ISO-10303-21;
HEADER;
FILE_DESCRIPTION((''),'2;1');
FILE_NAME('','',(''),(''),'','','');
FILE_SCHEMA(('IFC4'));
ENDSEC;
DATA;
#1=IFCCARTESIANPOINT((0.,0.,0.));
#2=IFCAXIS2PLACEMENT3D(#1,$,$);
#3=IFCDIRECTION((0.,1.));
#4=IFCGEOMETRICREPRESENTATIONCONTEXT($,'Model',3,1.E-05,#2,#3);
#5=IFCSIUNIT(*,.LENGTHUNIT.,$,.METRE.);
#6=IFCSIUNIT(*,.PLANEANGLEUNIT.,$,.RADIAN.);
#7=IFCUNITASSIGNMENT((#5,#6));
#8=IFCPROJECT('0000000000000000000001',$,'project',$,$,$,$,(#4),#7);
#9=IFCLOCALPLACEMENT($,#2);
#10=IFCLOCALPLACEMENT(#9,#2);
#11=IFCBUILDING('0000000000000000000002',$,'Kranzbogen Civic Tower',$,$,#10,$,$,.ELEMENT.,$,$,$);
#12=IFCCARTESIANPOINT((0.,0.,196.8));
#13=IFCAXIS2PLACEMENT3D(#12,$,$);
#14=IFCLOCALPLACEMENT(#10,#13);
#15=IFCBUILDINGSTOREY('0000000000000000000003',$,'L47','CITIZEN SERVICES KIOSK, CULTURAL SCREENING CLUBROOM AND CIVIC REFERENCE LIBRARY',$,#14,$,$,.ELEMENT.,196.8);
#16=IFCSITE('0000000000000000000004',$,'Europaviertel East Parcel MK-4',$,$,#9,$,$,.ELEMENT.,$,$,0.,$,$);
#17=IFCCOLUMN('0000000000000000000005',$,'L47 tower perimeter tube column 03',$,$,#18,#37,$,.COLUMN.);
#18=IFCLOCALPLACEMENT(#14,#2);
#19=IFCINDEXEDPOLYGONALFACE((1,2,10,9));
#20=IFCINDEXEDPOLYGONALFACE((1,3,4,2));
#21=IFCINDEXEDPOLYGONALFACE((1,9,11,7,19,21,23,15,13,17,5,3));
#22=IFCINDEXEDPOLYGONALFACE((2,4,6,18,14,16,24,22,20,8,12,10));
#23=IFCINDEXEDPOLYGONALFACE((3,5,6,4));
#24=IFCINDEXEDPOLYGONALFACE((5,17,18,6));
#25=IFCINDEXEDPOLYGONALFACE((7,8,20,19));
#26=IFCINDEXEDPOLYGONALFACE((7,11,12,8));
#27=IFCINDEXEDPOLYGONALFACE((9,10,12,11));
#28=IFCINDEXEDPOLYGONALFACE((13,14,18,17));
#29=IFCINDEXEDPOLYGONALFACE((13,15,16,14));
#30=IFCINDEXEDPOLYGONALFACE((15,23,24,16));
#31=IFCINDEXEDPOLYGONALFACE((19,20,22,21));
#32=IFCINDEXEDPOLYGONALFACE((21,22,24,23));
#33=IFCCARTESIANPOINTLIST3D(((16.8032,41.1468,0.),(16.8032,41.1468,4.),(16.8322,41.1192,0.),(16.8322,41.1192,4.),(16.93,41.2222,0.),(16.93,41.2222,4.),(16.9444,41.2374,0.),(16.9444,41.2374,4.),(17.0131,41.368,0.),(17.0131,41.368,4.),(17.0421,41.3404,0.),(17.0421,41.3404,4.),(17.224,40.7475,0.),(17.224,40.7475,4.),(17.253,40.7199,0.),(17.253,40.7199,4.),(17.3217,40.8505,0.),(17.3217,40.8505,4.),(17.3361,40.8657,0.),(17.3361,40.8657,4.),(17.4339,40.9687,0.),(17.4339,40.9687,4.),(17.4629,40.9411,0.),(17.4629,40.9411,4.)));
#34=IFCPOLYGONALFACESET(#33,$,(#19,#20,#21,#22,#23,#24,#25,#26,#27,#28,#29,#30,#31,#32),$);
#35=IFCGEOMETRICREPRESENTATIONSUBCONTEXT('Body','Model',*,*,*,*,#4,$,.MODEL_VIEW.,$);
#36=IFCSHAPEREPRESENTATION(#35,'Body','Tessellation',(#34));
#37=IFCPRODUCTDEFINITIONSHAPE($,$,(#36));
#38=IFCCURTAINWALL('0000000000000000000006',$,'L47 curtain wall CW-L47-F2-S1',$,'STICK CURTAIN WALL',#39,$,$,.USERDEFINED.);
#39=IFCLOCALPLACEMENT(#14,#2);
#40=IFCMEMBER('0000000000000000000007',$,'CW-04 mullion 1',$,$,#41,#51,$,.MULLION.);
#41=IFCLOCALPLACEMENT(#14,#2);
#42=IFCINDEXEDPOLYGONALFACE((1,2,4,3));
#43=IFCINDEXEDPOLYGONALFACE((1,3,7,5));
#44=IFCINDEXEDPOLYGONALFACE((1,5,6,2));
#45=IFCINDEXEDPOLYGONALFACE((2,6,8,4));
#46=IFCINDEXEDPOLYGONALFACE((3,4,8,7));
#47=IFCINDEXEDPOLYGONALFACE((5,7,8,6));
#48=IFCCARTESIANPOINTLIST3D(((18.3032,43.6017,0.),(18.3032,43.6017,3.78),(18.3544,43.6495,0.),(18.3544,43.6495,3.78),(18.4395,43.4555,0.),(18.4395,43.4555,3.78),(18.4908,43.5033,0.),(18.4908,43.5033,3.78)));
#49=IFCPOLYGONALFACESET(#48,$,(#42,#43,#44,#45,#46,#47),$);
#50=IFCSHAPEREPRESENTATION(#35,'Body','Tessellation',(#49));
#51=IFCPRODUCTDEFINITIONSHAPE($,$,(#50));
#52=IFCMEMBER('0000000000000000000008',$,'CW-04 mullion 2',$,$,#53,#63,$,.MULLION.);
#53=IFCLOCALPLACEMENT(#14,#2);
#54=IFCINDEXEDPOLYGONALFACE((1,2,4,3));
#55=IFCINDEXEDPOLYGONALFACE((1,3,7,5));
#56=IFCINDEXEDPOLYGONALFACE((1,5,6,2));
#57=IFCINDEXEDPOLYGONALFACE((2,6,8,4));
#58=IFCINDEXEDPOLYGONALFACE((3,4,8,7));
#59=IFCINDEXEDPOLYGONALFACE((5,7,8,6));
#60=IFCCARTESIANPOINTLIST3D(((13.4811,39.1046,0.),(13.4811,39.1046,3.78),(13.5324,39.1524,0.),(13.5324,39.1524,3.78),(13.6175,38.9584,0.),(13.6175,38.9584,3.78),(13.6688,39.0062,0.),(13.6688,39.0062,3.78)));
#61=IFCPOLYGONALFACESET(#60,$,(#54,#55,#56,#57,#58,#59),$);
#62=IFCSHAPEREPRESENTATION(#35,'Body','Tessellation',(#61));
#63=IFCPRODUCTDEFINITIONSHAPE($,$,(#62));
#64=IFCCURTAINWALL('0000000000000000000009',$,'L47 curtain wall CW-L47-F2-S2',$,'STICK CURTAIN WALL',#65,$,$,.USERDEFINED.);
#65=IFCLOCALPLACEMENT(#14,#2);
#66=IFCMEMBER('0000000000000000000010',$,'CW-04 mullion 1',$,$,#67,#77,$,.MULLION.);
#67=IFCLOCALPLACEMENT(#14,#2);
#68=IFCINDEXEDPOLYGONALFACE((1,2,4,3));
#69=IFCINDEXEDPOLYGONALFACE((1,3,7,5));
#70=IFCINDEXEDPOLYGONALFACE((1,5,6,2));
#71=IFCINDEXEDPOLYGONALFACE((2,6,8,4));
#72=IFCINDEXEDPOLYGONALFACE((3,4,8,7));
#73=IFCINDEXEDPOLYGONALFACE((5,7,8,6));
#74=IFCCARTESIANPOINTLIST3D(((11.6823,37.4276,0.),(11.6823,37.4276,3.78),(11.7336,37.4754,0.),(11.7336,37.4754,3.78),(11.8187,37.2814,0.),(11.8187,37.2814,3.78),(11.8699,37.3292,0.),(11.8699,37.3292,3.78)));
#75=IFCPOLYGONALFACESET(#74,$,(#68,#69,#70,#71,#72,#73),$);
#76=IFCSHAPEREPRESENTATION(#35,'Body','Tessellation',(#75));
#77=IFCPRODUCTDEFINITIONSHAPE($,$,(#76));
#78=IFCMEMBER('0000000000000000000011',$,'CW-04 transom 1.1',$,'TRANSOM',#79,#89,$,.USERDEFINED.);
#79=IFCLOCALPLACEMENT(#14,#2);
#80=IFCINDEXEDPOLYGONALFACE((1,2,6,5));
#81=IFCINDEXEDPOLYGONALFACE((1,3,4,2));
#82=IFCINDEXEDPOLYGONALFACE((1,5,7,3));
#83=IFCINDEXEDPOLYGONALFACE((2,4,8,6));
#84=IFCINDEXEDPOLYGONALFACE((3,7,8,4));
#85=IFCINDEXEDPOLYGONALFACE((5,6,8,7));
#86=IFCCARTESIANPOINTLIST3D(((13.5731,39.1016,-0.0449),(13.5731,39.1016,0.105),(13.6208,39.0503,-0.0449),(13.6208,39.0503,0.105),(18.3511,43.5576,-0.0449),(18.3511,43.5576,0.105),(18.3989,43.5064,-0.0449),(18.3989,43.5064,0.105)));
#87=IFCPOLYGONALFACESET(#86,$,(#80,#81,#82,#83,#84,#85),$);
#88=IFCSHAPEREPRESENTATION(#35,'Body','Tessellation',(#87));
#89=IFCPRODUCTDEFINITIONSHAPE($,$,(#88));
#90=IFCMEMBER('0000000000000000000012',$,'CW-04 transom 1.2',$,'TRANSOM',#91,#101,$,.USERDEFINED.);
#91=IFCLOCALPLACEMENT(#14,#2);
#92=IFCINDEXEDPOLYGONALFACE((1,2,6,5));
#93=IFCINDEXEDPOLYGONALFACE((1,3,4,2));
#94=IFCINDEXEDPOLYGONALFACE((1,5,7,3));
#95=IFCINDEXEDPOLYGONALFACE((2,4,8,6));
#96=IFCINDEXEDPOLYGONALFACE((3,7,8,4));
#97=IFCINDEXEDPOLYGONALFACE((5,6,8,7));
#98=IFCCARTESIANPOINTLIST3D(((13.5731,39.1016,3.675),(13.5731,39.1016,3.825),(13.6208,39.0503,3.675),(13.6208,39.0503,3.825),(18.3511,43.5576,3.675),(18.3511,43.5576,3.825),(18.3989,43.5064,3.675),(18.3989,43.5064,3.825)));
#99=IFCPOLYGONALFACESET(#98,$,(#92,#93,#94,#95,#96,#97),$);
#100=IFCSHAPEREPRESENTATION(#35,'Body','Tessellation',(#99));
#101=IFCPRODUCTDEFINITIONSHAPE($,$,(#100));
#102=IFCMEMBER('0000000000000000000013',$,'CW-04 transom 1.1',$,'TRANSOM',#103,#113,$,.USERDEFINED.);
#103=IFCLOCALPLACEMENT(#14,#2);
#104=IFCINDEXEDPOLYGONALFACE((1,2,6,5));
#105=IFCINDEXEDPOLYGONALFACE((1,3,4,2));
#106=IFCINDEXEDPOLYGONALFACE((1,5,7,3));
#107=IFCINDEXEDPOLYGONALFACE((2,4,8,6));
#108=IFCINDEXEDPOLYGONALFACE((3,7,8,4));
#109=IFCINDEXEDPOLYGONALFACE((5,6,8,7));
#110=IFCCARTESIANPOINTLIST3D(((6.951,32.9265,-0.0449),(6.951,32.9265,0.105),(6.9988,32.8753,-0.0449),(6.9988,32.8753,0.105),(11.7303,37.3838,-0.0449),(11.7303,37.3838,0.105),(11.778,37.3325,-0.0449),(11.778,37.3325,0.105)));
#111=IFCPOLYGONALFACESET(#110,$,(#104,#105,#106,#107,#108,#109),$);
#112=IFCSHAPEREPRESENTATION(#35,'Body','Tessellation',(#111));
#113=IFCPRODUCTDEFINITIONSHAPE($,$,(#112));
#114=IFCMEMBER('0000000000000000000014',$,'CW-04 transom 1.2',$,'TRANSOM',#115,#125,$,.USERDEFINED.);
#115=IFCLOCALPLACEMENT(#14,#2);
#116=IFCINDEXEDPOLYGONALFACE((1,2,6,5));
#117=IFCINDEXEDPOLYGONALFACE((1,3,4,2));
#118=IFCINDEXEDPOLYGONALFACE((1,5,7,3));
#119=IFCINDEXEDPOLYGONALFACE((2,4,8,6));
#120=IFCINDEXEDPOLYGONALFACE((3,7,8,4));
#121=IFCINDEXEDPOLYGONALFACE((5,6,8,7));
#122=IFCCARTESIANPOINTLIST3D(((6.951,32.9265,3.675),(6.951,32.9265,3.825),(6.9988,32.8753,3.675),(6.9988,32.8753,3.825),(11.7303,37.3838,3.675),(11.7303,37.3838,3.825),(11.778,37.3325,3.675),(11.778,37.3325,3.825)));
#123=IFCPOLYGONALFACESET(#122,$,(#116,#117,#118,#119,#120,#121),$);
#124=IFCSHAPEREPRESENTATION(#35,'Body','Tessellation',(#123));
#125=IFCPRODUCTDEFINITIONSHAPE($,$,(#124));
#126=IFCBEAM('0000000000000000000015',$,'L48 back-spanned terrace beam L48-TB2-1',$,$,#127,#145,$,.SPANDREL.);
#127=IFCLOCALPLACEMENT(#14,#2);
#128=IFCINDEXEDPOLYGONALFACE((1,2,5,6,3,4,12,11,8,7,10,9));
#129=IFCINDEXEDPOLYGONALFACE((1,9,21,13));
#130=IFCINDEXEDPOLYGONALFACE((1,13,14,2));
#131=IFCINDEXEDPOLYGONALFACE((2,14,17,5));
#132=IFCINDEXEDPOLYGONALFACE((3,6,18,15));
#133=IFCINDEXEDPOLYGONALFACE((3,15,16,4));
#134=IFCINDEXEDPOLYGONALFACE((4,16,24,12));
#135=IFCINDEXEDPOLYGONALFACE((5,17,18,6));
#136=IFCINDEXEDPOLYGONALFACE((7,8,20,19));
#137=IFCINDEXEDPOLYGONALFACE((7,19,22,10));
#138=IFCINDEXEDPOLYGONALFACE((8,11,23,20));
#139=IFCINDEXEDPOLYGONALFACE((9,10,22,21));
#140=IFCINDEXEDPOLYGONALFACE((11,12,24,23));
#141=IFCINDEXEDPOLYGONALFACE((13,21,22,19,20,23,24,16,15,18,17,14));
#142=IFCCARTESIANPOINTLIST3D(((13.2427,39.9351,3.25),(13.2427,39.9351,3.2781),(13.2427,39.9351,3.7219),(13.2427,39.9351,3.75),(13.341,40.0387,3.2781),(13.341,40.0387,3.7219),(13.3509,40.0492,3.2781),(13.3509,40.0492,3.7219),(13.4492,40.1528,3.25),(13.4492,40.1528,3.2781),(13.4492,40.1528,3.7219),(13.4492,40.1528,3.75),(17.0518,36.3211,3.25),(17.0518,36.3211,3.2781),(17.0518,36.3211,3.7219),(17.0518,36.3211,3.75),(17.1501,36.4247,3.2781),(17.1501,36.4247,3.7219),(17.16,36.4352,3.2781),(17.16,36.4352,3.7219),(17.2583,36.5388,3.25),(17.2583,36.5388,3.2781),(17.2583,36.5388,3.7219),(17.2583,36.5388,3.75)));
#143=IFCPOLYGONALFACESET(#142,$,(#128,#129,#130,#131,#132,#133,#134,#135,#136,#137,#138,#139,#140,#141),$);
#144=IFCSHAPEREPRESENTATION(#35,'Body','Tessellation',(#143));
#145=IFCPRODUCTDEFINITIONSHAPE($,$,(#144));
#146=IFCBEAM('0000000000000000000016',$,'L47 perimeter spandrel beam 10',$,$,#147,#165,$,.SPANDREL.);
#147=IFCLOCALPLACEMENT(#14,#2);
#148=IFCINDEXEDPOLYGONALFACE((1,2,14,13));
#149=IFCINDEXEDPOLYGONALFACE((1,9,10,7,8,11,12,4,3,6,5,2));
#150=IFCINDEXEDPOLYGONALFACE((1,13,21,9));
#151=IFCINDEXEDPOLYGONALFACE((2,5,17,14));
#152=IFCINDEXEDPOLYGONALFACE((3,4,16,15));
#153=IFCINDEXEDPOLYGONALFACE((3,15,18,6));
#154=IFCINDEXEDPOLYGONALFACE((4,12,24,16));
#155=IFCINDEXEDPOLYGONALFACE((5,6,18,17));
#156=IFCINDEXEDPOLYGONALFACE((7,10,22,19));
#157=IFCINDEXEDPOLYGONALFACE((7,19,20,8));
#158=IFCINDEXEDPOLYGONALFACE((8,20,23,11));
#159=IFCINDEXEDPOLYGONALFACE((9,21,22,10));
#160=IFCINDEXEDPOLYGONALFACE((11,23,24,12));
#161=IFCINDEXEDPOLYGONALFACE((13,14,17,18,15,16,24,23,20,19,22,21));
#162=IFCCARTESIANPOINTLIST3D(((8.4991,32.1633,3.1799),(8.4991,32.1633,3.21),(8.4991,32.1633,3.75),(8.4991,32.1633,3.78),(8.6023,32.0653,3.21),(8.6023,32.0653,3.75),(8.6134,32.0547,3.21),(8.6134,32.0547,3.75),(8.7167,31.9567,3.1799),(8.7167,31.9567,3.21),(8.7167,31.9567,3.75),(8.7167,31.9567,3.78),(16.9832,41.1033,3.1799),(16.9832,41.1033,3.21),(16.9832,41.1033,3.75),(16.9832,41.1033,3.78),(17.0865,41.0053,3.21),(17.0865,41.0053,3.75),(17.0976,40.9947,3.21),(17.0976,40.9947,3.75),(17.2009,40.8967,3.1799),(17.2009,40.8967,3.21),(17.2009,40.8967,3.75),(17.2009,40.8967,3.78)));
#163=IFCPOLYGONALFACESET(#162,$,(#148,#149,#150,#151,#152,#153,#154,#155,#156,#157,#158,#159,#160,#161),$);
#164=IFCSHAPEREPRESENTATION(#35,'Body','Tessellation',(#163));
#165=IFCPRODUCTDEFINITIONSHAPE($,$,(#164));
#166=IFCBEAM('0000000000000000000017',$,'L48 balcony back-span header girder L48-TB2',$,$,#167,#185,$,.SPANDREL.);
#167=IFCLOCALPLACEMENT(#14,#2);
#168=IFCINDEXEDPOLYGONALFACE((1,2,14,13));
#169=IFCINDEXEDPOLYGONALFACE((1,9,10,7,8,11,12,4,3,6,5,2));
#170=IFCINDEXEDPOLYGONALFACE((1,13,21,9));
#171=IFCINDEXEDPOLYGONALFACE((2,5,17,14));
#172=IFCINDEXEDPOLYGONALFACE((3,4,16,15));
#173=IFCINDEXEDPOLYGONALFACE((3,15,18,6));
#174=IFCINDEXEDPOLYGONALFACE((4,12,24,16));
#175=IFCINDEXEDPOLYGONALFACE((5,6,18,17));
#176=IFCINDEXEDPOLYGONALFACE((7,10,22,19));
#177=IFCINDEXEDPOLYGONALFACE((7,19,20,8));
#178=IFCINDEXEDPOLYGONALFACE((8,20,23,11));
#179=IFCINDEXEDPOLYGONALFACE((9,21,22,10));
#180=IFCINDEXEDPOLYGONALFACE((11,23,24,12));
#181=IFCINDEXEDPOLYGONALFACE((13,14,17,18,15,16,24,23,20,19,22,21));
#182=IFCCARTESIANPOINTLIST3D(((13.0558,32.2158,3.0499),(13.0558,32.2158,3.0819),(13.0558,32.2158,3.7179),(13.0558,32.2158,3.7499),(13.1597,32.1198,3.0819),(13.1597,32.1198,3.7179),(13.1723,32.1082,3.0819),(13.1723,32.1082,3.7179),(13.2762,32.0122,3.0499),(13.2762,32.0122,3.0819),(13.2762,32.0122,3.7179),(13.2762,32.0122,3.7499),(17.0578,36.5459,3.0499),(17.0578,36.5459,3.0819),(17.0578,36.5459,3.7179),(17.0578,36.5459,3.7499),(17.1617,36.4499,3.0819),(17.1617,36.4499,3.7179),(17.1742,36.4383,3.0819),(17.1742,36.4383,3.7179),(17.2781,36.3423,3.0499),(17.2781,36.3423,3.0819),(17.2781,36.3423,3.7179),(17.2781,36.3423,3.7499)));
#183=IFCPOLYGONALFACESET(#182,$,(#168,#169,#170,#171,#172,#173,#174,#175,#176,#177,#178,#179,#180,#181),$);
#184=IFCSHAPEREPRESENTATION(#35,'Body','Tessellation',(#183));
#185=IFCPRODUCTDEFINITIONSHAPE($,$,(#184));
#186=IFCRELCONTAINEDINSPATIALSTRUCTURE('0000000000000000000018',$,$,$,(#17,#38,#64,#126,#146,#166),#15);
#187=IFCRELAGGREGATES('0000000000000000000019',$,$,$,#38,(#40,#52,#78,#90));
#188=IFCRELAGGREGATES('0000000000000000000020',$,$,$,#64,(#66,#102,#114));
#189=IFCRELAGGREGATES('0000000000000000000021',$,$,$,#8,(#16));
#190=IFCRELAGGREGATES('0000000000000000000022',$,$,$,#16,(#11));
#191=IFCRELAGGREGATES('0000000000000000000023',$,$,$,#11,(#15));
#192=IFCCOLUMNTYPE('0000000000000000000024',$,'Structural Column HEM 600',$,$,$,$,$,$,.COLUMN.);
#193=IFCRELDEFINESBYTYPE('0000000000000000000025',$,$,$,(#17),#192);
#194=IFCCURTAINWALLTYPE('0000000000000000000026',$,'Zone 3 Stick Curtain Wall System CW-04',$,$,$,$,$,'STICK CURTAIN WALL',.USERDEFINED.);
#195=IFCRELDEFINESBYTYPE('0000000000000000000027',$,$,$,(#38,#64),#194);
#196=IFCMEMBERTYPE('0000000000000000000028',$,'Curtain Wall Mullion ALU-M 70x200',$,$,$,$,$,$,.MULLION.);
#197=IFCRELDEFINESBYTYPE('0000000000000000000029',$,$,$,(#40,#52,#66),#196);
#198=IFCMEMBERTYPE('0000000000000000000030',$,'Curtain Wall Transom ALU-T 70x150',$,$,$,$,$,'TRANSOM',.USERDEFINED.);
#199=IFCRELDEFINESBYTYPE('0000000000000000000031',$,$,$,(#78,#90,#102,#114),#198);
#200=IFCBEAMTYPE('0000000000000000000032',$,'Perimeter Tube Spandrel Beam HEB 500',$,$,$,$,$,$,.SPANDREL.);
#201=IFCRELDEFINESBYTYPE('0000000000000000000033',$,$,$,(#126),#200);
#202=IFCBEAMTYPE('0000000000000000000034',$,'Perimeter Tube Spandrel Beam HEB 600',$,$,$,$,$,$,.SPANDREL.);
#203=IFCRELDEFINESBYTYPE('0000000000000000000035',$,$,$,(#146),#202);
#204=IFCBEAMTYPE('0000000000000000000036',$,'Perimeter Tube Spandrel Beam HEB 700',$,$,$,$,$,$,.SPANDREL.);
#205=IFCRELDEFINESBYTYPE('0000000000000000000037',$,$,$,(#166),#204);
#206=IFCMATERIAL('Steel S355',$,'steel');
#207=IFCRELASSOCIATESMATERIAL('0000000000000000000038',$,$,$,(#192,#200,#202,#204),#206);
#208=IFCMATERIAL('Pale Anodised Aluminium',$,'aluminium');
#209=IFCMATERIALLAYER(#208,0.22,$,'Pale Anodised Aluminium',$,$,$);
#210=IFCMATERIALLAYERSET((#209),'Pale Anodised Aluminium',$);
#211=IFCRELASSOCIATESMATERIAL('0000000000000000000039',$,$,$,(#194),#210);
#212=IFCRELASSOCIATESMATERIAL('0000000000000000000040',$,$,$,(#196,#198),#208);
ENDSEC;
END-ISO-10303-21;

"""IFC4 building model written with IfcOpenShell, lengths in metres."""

from ifc_helpers import new_model, si_unit, direction, frame, origin, origin_2d, place, context, subcontext, project, spatial, rectangle, i_section, extrude, material, layer, layer_set, material_profile, profile_set, type_object, element, aggregate, save


model = new_model("IFC4")

# Units and contexts
model_context = context("Model", 3, precision=1e-05, world=origin(), true_north=direction((0.0, 1.0)))
body_context = subcontext(model_context, "Body", "Model", "MODEL_VIEW")
ifc_project = project(units=[si_unit("LENGTHUNIT", "METRE"), si_unit("PLANEANGLEUNIT", "RADIAN")], contexts=[model_context])

# Site, building, storey
site_placement = place(None, origin())
site = spatial("IfcSite", under=ifc_project, at=site_placement, Name="Europaviertel East Parcel MK-4", CompositionType="ELEMENT", RefElevation=0.0)
building_placement = place(site_placement, origin())
building = spatial("IfcBuilding", under=site, at=building_placement, Name="Kranzbogen Civic Tower", CompositionType="ELEMENT")
storey_placement = place(building_placement, frame((0.0, 0.0, 196.8)))
storey = spatial("IfcBuildingStorey", under=building, at=storey_placement, Name="L47", Description="CITIZEN SERVICES KIOSK, CULTURAL SCREENING CLUBROOM AND CIVIC REFERENCE LIBRARY", CompositionType="ELEMENT", Elevation=196.8)

# Column
ifc_material_1 = material(Name="Steel S355", Category="steel")
ifc_material_profile_1 = material_profile(ifc_material_1, i_section(OverallWidth=0.3049, OverallDepth=0.6201, WebThickness=0.021, FlangeThickness=0.04, at=origin_2d()), Name="HEM 600")
ifc_profile_set_1 = profile_set([ifc_material_profile_1], Name="Steel S355")
column_type = type_object("IfcColumnType", Name="Structural Column HEM 600", PredefinedType="COLUMN", material=ifc_profile_set_1)
column_placement = place(storey_placement, frame((17.1331, 41.0439, 0.0), z_axis=(0.0, 0.0, 1.0), x_axis=(0.688355, 0.725374, 0.0)))
element("IfcColumn", 1, at=column_placement, inside=storey, type_object=column_type, Name="L47 tower perimeter tube column 03", PredefinedType="COLUMN", context=body_context, shape_type="SweptSolid", body=[
    extrude(i_section(OverallWidth=0.3049, OverallDepth=0.6201, WebThickness=0.021, FlangeThickness=0.04, at=origin_2d()), origin(), (0.0, 0.0, 1.0), 4.0),
])

# Curtain wall, members
ifc_material_2 = material(Name="Pale Anodised Aluminium", Category="aluminium")
ifc_layer_1 = layer(ifc_material_2, 0.22, Name="Pale Anodised Aluminium")
ifc_layer_set_1 = layer_set([ifc_layer_1], Name="Pale Anodised Aluminium")
curtain_wall_type = type_object("IfcCurtainWallType", Name="Zone 3 Stick Curtain Wall System CW-04", ElementType="STICK CURTAIN WALL", PredefinedType="USERDEFINED", material=ifc_layer_set_1)
curtain_wall_1_placement = place(storey_placement, origin())
curtain_wall_1 = element("IfcCurtainWall", 2, at=curtain_wall_1_placement, inside=storey, type_object=curtain_wall_type, Name="L47 curtain wall CW-L47-F2-S1", ObjectType="STICK CURTAIN WALL", PredefinedType="USERDEFINED")
ifc_material_profile_2 = material_profile(ifc_material_2, rectangle(XDim=0.0701, YDim=0.2, at=origin_2d()), Name="ALU-M 70x200")
ifc_profile_set_2 = profile_set([ifc_material_profile_2], Name="Pale Anodised Aluminium")
member_type_1 = type_object("IfcMemberType", Name="Curtain Wall Mullion ALU-M 70x200", PredefinedType="MULLION", material=ifc_profile_set_2)
member_1_placement = place(storey_placement, frame((18.397, 43.5525, 0.0), z_axis=(0.0, 0.0, 1.0), x_axis=(-0.731325, -0.682029, 0.0)))
member_1 = element("IfcMember", 3, at=member_1_placement, type_object=member_type_1, Name="CW-04 mullion 1", PredefinedType="MULLION", context=body_context, shape_type="SweptSolid", body=[
    extrude(rectangle(XDim=0.0701, YDim=0.2, at=origin_2d()), origin(), (0.0, 0.0, 1.0), 3.78),
])
member_2_placement = place(storey_placement, frame((13.575, 39.0554, 0.0), z_axis=(0.0, 0.0, 1.0), x_axis=(-0.731325, -0.682029, 0.0)))
member_2 = element("IfcMember", 4, at=member_2_placement, type_object=member_type_1, Name="CW-04 mullion 2", PredefinedType="MULLION", context=body_context, shape_type="SweptSolid", body=[
    extrude(rectangle(XDim=0.0701, YDim=0.2, at=origin_2d()), origin(), (0.0, 0.0, 1.0), 3.78),
])

# Curtain wall, member
curtain_wall_2_placement = place(storey_placement, origin())
curtain_wall_2 = element("IfcCurtainWall", 5, at=curtain_wall_2_placement, inside=storey, type_object=curtain_wall_type, Name="L47 curtain wall CW-L47-F2-S2", ObjectType="STICK CURTAIN WALL", PredefinedType="USERDEFINED")
member_3_placement = place(storey_placement, frame((11.7761, 37.3784, 0.0), z_axis=(0.0, 0.0, 1.0), x_axis=(-0.73132, -0.682034, 0.0)))
member_3 = element("IfcMember", 6, at=member_3_placement, type_object=member_type_1, Name="CW-04 mullion 1", PredefinedType="MULLION", context=body_context, shape_type="SweptSolid", body=[
    extrude(rectangle(XDim=0.0701, YDim=0.2, at=origin_2d()), origin(), (0.0, 0.0, 1.0), 3.78),
])

# Members
ifc_material_profile_3 = material_profile(ifc_material_2, rectangle(XDim=0.0701, YDim=0.1499, at=origin_2d()), Name="ALU-T 70x150")
ifc_profile_set_3 = profile_set([ifc_material_profile_3], Name="Pale Anodised Aluminium")
member_type_2 = type_object("IfcMemberType", Name="Curtain Wall Transom ALU-T 70x150", ElementType="TRANSOM", PredefinedType="USERDEFINED", material=ifc_profile_set_3)
member_4_placement = place(storey_placement, frame((18.375, 43.532, 0.03), z_axis=(-0.731321, -0.682033, 0.0), x_axis=(0.682033, -0.731321, 0.0)))
member_4 = element("IfcMember", 7, at=member_4_placement, type_object=member_type_2, Name="CW-04 transom 1.1", ObjectType="TRANSOM", PredefinedType="USERDEFINED", context=body_context, shape_type="SweptSolid", body=[
    extrude(rectangle(XDim=0.0701, YDim=0.1499, at=origin_2d()), origin(), (0.0, 0.0, 1.0), 6.5334),
])
member_5_placement = place(storey_placement, frame((18.375, 43.532, 3.75), z_axis=(-0.731321, -0.682033, 0.0), x_axis=(0.682033, -0.731321, 0.0)))
member_5 = element("IfcMember", 8, at=member_5_placement, type_object=member_type_2, Name="CW-04 transom 1.2", ObjectType="TRANSOM", PredefinedType="USERDEFINED", context=body_context, shape_type="SweptSolid", body=[
    extrude(rectangle(XDim=0.0701, YDim=0.1499, at=origin_2d()), origin(), (0.0, 0.0, 1.0), 6.5334),
])
member_6_placement = place(storey_placement, frame((11.7542, 37.3582, 0.03), z_axis=(-0.731315, -0.68204, 0.0), x_axis=(0.68204, -0.731315, 0.0)))
member_6 = element("IfcMember", 9, at=member_6_placement, type_object=member_type_2, Name="CW-04 transom 1.1", ObjectType="TRANSOM", PredefinedType="USERDEFINED", context=body_context, shape_type="SweptSolid", body=[
    extrude(rectangle(XDim=0.0701, YDim=0.1499, at=origin_2d()), origin(), (0.0, 0.0, 1.0), 6.5352),
])
member_7_placement = place(storey_placement, frame((11.7542, 37.3582, 3.75), z_axis=(-0.731315, -0.68204, 0.0), x_axis=(0.68204, -0.731315, 0.0)))
member_7 = element("IfcMember", 10, at=member_7_placement, type_object=member_type_2, Name="CW-04 transom 1.2", ObjectType="TRANSOM", PredefinedType="USERDEFINED", context=body_context, shape_type="SweptSolid", body=[
    extrude(rectangle(XDim=0.0701, YDim=0.1499, at=origin_2d()), origin(), (0.0, 0.0, 1.0), 6.5352),
])

# Beams
ifc_material_profile_4 = material_profile(ifc_material_1, i_section(OverallWidth=0.3, OverallDepth=0.5, WebThickness=0.0144, FlangeThickness=0.0281, at=origin_2d()), Name="HEB 500")
ifc_profile_set_4 = profile_set([ifc_material_profile_4], Name="Steel S355")
beam_type_1 = type_object("IfcBeamType", Name="Perimeter Tube Spandrel Beam HEB 500", PredefinedType="SPANDREL", material=ifc_profile_set_4)
beam_1_placement = place(storey_placement, frame((17.155, 36.4299, 3.5), z_axis=(-0.725438, 0.688287, 0.0), x_axis=(-0.688287, -0.725438, 0.0)))
element("IfcBeam", 11, at=beam_1_placement, inside=storey, type_object=beam_type_1, Name="L48 back-spanned terrace beam L48-TB2-1", PredefinedType="SPANDREL", context=body_context, shape_type="SweptSolid", body=[
    extrude(i_section(OverallWidth=0.3, OverallDepth=0.5, WebThickness=0.0144, FlangeThickness=0.0281, at=origin_2d()), origin(), (0.0, 0.0, 1.0), 5.2507),
])
ifc_material_profile_5 = material_profile(ifc_material_1, i_section(OverallWidth=0.3, OverallDepth=0.6001, WebThickness=0.0154, FlangeThickness=0.03, at=origin_2d()), Name="HEB 600")
ifc_profile_set_5 = profile_set([ifc_material_profile_5], Name="Steel S355")
beam_type_2 = type_object("IfcBeamType", Name="Perimeter Tube Spandrel Beam HEB 600", PredefinedType="SPANDREL", material=ifc_profile_set_5)
beam_2_placement = place(storey_placement, frame((17.092, 41.0, 3.48), z_axis=(-0.688373, -0.725356, 0.0), x_axis=(0.725356, -0.688373, 0.0)))
element("IfcBeam", 12, at=beam_2_placement, inside=storey, type_object=beam_type_2, Name="L47 perimeter spandrel beam 10", PredefinedType="SPANDREL", context=body_context, shape_type="SweptSolid", body=[
    extrude(i_section(OverallWidth=0.3, OverallDepth=0.6001, WebThickness=0.0154, FlangeThickness=0.03, at=origin_2d()), origin(), (0.0, 0.0, 1.0), 12.325),
])
ifc_material_profile_6 = material_profile(ifc_material_1, i_section(OverallWidth=0.3, OverallDepth=0.7, WebThickness=0.0171, FlangeThickness=0.032, at=origin_2d()), Name="HEB 700")
ifc_profile_set_6 = profile_set([ifc_material_profile_6], Name="Steel S355")
beam_type_3 = type_object("IfcBeamType", Name="Perimeter Tube Spandrel Beam HEB 700", PredefinedType="SPANDREL", material=ifc_profile_set_6)
beam_3_placement = place(storey_placement, frame((17.168, 36.4441, 3.3999), z_axis=(-0.678734, -0.734384, 0.0), x_axis=(0.734384, -0.678734, 0.0)))
element("IfcBeam", 13, at=beam_3_placement, inside=storey, type_object=beam_type_3, Name="L48 balcony back-span header girder L48-TB2", PredefinedType="SPANDREL", context=body_context, shape_type="SweptSolid", body=[
    extrude(i_section(OverallWidth=0.3, OverallDepth=0.7, WebThickness=0.0171, FlangeThickness=0.032, at=origin_2d()), origin(), (0.0, 0.0, 1.0), 5.8962),
])

aggregate(curtain_wall_1, [member_1, member_2, member_4, member_5])
aggregate(curtain_wall_2, [member_3, member_6, member_7])

save(model, "model.ifc")
